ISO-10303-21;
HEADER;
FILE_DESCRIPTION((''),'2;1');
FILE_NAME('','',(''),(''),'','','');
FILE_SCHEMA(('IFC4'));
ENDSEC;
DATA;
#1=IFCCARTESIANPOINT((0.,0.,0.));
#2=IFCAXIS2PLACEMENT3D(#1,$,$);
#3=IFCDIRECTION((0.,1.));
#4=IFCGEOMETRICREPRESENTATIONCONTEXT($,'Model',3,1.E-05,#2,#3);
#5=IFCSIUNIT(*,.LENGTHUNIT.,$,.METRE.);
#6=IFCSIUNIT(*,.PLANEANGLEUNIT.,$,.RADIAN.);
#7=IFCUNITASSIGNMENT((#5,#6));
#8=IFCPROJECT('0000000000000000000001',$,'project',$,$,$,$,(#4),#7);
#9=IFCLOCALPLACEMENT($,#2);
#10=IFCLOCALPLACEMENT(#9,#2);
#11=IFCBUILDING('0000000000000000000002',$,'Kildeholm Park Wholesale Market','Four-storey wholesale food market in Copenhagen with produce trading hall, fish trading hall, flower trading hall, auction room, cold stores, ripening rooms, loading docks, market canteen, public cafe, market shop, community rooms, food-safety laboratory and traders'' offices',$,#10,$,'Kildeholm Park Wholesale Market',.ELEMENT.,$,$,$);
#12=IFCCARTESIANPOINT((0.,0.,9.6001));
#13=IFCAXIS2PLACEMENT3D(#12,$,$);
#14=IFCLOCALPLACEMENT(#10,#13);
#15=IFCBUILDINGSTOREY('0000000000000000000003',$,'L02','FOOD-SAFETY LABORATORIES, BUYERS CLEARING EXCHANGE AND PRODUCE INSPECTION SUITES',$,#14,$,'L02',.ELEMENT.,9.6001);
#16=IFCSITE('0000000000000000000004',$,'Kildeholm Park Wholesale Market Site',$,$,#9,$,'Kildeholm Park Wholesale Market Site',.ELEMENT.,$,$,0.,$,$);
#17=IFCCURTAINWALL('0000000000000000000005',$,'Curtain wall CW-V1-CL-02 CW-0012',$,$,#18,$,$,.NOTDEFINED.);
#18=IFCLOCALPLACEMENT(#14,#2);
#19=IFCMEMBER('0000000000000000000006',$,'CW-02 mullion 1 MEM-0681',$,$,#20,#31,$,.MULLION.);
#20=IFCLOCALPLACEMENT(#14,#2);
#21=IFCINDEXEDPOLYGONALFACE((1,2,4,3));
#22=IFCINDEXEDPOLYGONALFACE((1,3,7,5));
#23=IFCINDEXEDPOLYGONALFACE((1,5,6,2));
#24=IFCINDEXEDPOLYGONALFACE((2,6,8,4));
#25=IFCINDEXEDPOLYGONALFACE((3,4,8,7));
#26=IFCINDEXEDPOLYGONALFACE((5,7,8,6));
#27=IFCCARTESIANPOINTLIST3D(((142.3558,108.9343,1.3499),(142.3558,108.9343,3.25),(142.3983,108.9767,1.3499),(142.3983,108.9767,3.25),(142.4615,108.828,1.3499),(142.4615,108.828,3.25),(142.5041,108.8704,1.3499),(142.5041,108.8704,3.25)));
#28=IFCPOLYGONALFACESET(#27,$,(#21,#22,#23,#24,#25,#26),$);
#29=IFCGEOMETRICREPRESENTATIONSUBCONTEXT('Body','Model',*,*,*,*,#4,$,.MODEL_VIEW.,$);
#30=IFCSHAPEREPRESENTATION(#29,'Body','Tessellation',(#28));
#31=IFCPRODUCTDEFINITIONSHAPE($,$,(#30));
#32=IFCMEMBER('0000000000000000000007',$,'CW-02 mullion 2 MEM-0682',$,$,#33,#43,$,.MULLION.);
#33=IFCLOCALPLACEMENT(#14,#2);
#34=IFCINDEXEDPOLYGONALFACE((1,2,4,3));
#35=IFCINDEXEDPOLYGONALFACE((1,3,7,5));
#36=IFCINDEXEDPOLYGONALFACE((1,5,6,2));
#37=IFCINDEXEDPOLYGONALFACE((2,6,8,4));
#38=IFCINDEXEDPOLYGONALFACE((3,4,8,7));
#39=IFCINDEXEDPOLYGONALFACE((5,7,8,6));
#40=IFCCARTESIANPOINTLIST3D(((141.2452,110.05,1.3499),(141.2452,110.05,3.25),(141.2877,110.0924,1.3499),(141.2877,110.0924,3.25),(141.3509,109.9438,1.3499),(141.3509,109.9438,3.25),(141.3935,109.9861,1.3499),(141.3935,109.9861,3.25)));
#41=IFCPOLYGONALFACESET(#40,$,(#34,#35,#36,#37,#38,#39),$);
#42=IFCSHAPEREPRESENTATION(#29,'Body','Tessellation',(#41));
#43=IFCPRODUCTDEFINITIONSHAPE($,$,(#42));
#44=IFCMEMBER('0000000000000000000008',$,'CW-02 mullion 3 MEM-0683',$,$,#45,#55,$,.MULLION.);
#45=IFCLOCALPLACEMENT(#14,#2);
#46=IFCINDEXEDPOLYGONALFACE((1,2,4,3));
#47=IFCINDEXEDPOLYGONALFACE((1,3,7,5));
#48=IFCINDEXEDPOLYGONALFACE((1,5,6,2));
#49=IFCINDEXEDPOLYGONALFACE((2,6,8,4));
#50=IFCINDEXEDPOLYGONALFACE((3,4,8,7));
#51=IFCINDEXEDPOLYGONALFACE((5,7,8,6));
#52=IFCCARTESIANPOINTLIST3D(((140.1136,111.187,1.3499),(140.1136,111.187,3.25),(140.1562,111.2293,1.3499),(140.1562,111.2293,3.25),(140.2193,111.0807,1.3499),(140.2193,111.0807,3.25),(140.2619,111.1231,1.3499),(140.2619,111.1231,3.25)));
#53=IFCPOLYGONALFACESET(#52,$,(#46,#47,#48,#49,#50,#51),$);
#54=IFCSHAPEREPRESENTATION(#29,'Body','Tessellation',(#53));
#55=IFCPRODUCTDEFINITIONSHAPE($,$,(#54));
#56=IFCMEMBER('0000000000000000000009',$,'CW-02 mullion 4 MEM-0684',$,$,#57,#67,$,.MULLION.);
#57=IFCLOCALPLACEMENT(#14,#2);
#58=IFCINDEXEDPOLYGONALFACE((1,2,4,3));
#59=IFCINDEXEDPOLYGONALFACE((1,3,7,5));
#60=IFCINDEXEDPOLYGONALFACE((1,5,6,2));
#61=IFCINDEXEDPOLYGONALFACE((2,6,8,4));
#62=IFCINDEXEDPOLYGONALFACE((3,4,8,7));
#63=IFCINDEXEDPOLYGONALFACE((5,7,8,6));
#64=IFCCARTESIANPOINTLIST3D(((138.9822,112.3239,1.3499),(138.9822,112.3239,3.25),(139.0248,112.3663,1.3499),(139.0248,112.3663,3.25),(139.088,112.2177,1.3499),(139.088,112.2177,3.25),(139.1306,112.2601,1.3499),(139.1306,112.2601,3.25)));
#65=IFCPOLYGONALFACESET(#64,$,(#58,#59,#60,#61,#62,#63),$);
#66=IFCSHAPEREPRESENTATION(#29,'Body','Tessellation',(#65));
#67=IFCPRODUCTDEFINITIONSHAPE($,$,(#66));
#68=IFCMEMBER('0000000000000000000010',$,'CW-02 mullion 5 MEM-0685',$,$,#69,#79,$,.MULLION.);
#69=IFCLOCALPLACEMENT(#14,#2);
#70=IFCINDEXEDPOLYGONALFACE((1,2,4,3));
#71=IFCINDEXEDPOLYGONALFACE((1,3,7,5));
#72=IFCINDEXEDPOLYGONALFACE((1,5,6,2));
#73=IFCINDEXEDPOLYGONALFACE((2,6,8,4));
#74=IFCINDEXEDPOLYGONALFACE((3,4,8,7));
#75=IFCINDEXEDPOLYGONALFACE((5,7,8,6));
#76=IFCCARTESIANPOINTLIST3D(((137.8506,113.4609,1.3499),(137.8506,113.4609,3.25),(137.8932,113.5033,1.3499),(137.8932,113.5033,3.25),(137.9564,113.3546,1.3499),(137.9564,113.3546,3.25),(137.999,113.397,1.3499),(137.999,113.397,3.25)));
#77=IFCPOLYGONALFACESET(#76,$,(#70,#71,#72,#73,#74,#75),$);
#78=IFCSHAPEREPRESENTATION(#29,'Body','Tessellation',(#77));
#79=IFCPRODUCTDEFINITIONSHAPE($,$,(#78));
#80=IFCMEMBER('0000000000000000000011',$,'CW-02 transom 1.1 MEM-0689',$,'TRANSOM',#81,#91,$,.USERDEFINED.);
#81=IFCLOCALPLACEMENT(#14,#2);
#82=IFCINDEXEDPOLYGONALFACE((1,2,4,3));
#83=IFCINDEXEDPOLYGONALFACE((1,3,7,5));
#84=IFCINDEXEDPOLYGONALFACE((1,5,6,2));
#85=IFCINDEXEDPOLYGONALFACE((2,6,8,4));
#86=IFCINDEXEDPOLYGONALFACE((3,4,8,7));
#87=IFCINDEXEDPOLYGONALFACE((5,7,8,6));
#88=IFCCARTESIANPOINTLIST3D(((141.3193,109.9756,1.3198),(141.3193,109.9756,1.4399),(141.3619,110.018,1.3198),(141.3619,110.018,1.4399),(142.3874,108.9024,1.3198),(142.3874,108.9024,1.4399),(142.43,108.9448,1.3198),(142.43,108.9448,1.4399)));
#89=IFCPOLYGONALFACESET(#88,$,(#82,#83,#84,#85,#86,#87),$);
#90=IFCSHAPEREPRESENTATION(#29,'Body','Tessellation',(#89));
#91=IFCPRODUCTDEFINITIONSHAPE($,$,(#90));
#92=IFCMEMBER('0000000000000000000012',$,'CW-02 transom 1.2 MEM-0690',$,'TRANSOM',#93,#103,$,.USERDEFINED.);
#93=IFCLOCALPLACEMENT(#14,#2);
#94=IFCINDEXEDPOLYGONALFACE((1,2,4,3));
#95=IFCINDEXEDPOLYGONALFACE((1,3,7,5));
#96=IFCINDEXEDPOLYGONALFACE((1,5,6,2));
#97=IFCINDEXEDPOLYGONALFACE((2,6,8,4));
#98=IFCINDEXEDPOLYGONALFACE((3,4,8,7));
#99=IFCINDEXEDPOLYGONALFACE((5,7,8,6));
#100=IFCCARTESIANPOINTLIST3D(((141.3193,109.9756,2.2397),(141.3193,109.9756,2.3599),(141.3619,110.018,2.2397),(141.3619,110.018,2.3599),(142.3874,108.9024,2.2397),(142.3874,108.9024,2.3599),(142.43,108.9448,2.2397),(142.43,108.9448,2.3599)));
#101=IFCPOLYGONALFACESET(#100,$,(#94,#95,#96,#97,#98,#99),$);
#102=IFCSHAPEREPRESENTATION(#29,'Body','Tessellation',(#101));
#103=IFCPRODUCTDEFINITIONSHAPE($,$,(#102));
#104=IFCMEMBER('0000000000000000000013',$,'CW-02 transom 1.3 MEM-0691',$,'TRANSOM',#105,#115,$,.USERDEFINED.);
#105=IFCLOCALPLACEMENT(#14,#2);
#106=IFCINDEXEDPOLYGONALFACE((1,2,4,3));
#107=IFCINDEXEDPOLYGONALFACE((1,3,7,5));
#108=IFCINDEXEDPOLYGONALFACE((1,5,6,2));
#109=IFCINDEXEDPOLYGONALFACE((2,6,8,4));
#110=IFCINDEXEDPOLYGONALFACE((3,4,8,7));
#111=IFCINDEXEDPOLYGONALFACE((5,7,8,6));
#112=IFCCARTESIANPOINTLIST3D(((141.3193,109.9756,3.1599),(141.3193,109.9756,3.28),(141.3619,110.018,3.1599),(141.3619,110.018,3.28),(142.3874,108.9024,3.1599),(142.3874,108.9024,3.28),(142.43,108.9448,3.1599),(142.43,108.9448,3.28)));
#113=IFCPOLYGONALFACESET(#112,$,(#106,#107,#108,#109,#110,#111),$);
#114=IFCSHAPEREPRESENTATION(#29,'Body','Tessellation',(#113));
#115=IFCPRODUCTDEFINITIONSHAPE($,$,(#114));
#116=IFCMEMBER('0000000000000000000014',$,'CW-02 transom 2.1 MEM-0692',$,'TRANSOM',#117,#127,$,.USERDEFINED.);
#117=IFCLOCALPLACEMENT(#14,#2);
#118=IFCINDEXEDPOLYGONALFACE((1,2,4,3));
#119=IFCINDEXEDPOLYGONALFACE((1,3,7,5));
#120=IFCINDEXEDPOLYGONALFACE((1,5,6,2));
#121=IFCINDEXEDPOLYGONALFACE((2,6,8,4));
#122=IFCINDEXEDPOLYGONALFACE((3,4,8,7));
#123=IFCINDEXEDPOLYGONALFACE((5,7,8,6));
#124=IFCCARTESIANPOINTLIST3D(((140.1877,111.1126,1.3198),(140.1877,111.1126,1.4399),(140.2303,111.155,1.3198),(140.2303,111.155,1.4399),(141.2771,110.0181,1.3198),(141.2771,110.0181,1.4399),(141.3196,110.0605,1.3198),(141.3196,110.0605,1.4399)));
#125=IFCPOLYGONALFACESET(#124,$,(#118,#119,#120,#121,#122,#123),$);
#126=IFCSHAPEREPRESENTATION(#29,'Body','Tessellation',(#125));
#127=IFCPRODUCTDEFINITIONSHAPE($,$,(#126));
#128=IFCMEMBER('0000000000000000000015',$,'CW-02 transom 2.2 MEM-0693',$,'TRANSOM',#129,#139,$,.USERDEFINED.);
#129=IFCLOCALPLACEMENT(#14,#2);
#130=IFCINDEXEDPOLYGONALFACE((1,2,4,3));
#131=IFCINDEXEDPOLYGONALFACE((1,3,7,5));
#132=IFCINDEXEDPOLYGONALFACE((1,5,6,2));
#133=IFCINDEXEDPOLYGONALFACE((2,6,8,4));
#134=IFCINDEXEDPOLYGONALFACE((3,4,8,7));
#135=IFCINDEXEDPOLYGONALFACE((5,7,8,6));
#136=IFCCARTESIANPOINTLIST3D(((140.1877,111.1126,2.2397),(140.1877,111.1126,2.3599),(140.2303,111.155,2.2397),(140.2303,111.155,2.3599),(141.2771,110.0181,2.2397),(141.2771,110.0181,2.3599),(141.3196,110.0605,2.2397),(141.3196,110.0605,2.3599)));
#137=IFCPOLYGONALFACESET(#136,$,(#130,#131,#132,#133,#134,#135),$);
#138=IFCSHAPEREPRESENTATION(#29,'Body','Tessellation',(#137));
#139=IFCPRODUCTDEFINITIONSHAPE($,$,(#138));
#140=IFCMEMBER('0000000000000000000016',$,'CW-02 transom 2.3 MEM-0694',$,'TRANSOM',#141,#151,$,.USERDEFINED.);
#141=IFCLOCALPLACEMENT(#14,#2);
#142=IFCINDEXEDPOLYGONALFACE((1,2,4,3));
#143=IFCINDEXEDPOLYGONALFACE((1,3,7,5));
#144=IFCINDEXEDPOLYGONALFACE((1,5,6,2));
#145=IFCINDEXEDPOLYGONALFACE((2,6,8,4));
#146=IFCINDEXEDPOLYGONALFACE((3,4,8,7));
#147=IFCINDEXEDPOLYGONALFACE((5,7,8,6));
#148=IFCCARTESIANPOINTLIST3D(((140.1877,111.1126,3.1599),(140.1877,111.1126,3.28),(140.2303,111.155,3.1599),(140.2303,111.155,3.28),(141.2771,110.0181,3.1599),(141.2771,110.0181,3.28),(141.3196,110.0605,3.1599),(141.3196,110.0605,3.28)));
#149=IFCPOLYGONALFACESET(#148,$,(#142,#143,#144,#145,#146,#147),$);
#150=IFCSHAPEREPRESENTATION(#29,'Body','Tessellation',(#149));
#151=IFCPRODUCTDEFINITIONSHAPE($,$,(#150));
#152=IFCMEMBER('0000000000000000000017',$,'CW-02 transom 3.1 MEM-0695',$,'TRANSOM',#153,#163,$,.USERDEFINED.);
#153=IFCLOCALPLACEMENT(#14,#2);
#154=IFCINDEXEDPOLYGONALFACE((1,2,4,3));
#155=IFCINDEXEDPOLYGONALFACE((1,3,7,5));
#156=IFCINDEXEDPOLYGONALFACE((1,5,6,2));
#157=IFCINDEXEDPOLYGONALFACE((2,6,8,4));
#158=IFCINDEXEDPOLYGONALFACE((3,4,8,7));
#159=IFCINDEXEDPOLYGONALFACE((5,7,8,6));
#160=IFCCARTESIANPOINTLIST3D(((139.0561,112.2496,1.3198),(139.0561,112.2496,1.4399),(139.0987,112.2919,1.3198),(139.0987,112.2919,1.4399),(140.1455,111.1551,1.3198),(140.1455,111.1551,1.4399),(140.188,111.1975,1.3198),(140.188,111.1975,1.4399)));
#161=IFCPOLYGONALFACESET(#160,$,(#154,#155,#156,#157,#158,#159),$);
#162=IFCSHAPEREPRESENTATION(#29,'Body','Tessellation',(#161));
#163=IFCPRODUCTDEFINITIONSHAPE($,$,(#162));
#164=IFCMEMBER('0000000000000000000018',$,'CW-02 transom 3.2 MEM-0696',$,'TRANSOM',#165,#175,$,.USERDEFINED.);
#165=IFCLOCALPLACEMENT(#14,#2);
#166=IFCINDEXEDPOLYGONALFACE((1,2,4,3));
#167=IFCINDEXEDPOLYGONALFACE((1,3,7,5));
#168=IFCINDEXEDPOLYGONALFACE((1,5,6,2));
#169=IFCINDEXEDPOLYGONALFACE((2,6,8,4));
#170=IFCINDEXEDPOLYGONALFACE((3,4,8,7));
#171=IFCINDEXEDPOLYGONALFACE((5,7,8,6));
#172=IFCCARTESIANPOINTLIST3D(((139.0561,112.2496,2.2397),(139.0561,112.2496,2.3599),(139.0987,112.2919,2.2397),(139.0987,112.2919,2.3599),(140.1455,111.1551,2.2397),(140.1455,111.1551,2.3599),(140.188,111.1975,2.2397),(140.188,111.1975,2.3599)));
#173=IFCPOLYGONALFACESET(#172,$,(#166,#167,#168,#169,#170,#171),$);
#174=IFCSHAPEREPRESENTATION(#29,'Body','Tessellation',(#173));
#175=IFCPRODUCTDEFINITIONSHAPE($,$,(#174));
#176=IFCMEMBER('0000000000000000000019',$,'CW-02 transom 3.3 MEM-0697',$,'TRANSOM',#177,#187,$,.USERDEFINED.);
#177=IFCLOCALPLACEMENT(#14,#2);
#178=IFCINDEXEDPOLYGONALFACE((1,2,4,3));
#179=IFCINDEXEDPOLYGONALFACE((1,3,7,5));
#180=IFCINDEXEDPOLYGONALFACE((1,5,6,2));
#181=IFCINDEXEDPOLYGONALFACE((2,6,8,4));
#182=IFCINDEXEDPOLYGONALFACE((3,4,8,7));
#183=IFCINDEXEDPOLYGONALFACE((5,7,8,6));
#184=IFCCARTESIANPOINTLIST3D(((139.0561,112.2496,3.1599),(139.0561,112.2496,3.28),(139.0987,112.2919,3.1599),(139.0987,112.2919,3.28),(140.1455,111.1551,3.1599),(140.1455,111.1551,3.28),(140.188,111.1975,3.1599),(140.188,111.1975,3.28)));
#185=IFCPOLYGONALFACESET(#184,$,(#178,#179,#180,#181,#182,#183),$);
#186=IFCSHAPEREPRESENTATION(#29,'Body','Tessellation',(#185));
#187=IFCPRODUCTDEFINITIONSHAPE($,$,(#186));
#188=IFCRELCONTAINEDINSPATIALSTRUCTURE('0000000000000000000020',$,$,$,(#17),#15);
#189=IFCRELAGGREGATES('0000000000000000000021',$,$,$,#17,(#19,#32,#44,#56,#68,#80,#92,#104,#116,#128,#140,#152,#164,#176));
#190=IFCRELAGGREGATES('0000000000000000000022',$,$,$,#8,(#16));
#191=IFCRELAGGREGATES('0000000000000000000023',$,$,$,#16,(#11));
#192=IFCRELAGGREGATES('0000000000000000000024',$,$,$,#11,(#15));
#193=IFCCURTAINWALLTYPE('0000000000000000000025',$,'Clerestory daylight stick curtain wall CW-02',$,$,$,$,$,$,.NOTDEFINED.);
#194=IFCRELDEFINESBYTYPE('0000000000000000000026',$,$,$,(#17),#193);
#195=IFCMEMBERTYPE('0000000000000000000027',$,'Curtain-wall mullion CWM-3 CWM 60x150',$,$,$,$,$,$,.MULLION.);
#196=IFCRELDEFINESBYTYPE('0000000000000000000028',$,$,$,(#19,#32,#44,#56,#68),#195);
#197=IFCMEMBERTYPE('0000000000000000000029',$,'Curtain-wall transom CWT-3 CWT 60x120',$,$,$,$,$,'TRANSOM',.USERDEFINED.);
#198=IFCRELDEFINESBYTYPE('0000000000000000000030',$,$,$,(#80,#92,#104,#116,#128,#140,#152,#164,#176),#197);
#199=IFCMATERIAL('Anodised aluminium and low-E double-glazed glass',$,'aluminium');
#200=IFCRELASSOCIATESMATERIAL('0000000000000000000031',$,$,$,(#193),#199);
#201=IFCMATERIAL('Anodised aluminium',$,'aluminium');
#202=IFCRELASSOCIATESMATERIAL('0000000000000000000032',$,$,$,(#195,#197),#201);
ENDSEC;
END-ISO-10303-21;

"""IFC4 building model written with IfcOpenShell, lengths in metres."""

from ifc_helpers import new_model, si_unit, direction, frame, origin, origin_2d, place, context, subcontext, project, spatial, rectangle, extrude, material, material_profile, profile_set, type_object, element, aggregate, save


model = new_model("IFC4")

# Units and contexts
model_context = context("Model", 3, precision=1e-05, world=origin(), true_north=direction((0.0, 1.0)))
body_context = subcontext(model_context, "Body", "Model", "MODEL_VIEW")
ifc_project = project(units=[si_unit("LENGTHUNIT", "METRE"), si_unit("PLANEANGLEUNIT", "RADIAN")], contexts=[model_context])

# Site, building, storey
site_placement = place(None, origin())
site = spatial("IfcSite", under=ifc_project, at=site_placement, Name="Kildeholm Park Wholesale Market Site", LongName="Kildeholm Park Wholesale Market Site", CompositionType="ELEMENT", RefElevation=0.0)
building_placement = place(site_placement, origin())
building = spatial("IfcBuilding", under=site, at=building_placement, Name="Kildeholm Park Wholesale Market", Description="Four-storey wholesale food market in Copenhagen with produce trading hall, fish trading hall, flower trading hall, auction room, cold stores, ripening rooms, loading docks, market canteen, public cafe, market shop, community rooms, food-safety laboratory and traders' offices", LongName="Kildeholm Park Wholesale Market", CompositionType="ELEMENT")
storey_placement = place(building_placement, frame((0.0, 0.0, 9.6001)))
storey = spatial("IfcBuildingStorey", under=building, at=storey_placement, Name="L02", Description="FOOD-SAFETY LABORATORIES, BUYERS CLEARING EXCHANGE AND PRODUCE INSPECTION SUITES", LongName="L02", CompositionType="ELEMENT", Elevation=9.6001)

# Curtain wall, members
ifc_material_1 = material(Name="Anodised aluminium and low-E double-glazed glass", Category="aluminium")
curtain_wall_type = type_object("IfcCurtainWallType", Name="Clerestory daylight stick curtain wall CW-02", PredefinedType="NOTDEFINED", material=ifc_material_1)
curtain_wall_placement = place(storey_placement, origin())
curtain_wall = element("IfcCurtainWall", 1, at=curtain_wall_placement, inside=storey, type_object=curtain_wall_type, Name="Curtain wall CW-V1-CL-02 CW-0012", PredefinedType="NOTDEFINED")
ifc_material_2 = material(Name="Anodised aluminium", Category="aluminium")
ifc_material_profile_1 = material_profile(ifc_material_2, rectangle(XDim=0.0601, YDim=0.1499, at=origin_2d()), Name="CWM 60x150")
ifc_profile_set_1 = profile_set([ifc_material_profile_1], Name="Anodised aluminium")
member_type_1 = type_object("IfcMemberType", Name="Curtain-wall mullion CWM-3 CWM 60x150", PredefinedType="MULLION", material=ifc_profile_set_1)
member_1_placement = place(storey_placement, frame((142.4299, 108.9023, 1.3499), z_axis=(0.0, 0.0, 1.0), x_axis=(-0.708797, -0.705413, 0.0)))
member_1 = element("IfcMember", 2, at=member_1_placement, type_object=member_type_1, Name="CW-02 mullion 1 MEM-0681", PredefinedType="MULLION", context=body_context, shape_type="SweptSolid", body=[
    extrude(rectangle(XDim=0.0601, YDim=0.1499, at=origin_2d()), origin(), (0.0, 0.0, 1.0), 1.9001),
])
member_2_placement = place(storey_placement, frame((141.3193, 110.0181, 1.3499), z_axis=(0.0, 0.0, 1.0), x_axis=(-0.708797, -0.705413, 0.0)))
member_2 = element("IfcMember", 3, at=member_2_placement, type_object=member_type_1, Name="CW-02 mullion 2 MEM-0682", PredefinedType="MULLION", context=body_context, shape_type="SweptSolid", body=[
    extrude(rectangle(XDim=0.0601, YDim=0.1499, at=origin_2d()), origin(), (0.0, 0.0, 1.0), 1.9001),
])
member_3_placement = place(storey_placement, frame((140.1877, 111.155, 1.3499), z_axis=(0.0, 0.0, 1.0), x_axis=(-0.708797, -0.705413, 0.0)))
member_3 = element("IfcMember", 4, at=member_3_placement, type_object=member_type_1, Name="CW-02 mullion 3 MEM-0683", PredefinedType="MULLION", context=body_context, shape_type="SweptSolid", body=[
    extrude(rectangle(XDim=0.0601, YDim=0.1499, at=origin_2d()), origin(), (0.0, 0.0, 1.0), 1.9001),
])
member_4_placement = place(storey_placement, frame((139.0564, 112.292, 1.3499), z_axis=(0.0, 0.0, 1.0), x_axis=(-0.708797, -0.705413, 0.0)))
member_4 = element("IfcMember", 5, at=member_4_placement, type_object=member_type_1, Name="CW-02 mullion 4 MEM-0684", PredefinedType="MULLION", context=body_context, shape_type="SweptSolid", body=[
    extrude(rectangle(XDim=0.0601, YDim=0.1499, at=origin_2d()), origin(), (0.0, 0.0, 1.0), 1.9001),
])
member_5_placement = place(storey_placement, frame((137.9248, 113.429, 1.3499), z_axis=(0.0, 0.0, 1.0), x_axis=(-0.708797, -0.705413, 0.0)))
member_5 = element("IfcMember", 6, at=member_5_placement, type_object=member_type_1, Name="CW-02 mullion 5 MEM-0685", PredefinedType="MULLION", context=body_context, shape_type="SweptSolid", body=[
    extrude(rectangle(XDim=0.0601, YDim=0.1499, at=origin_2d()), origin(), (0.0, 0.0, 1.0), 1.9001),
])
ifc_material_profile_2 = material_profile(ifc_material_2, rectangle(XDim=0.0601, YDim=0.1201, at=origin_2d()), Name="CWT 60x120")
ifc_profile_set_2 = profile_set([ifc_material_profile_2], Name="Anodised aluminium")
member_type_2 = type_object("IfcMemberType", Name="Curtain-wall transom CWT-3 CWT 60x120", ElementType="TRANSOM", PredefinedType="USERDEFINED", material=ifc_profile_set_2)
member_6_placement = place(storey_placement, frame((142.4087, 108.9236, 1.3799), z_axis=(-0.705412, 0.708798, 0.0), x_axis=(-0.708798, -0.705412, 0.0)))
member_6 = element("IfcMember", 7, at=member_6_placement, type_object=member_type_2, Name="CW-02 transom 1.1 MEM-0689", ObjectType="TRANSOM", PredefinedType="USERDEFINED", context=body_context, shape_type="SweptSolid", body=[
    extrude(rectangle(XDim=0.0601, YDim=0.1201, at=origin_2d()), origin(), (0.0, 0.0, 1.0), 1.5142),
])
member_7_placement = place(storey_placement, frame((142.4087, 108.9236, 2.2998), z_axis=(-0.705412, 0.708798, 0.0), x_axis=(-0.708798, -0.705412, 0.0)))
member_7 = element("IfcMember", 8, at=member_7_placement, type_object=member_type_2, Name="CW-02 transom 1.2 MEM-0690", ObjectType="TRANSOM", PredefinedType="USERDEFINED", context=body_context, shape_type="SweptSolid", body=[
    extrude(rectangle(XDim=0.0601, YDim=0.1201, at=origin_2d()), origin(), (0.0, 0.0, 1.0), 1.5142),
])
member_8_placement = place(storey_placement, frame((142.4087, 108.9236, 3.22), z_axis=(-0.705412, 0.708798, 0.0), x_axis=(-0.708798, -0.705412, 0.0)))
member_8 = element("IfcMember", 9, at=member_8_placement, type_object=member_type_2, Name="CW-02 transom 1.3 MEM-0691", ObjectType="TRANSOM", PredefinedType="USERDEFINED", context=body_context, shape_type="SweptSolid", body=[
    extrude(rectangle(XDim=0.0601, YDim=0.1201, at=origin_2d()), origin(), (0.0, 0.0, 1.0), 1.5142),
])
member_9_placement = place(storey_placement, frame((141.2983, 110.0393, 1.3799), z_axis=(-0.705445, 0.708765, 0.0), x_axis=(-0.708765, -0.705445, 0.0)))
member_9 = element("IfcMember", 10, at=member_9_placement, type_object=member_type_2, Name="CW-02 transom 2.1 MEM-0692", ObjectType="TRANSOM", PredefinedType="USERDEFINED", context=body_context, shape_type="SweptSolid", body=[
    extrude(rectangle(XDim=0.0601, YDim=0.1201, at=origin_2d()), origin(), (0.0, 0.0, 1.0), 1.5442),
])
member_10_placement = place(storey_placement, frame((141.2983, 110.0393, 2.2998), z_axis=(-0.705445, 0.708765, 0.0), x_axis=(-0.708765, -0.705445, 0.0)))
member_10 = element("IfcMember", 11, at=member_10_placement, type_object=member_type_2, Name="CW-02 transom 2.2 MEM-0693", ObjectType="TRANSOM", PredefinedType="USERDEFINED", context=body_context, shape_type="SweptSolid", body=[
    extrude(rectangle(XDim=0.0601, YDim=0.1201, at=origin_2d()), origin(), (0.0, 0.0, 1.0), 1.5442),
])
member_11_placement = place(storey_placement, frame((141.2983, 110.0393, 3.22), z_axis=(-0.705445, 0.708765, 0.0), x_axis=(-0.708765, -0.705445, 0.0)))
member_11 = element("IfcMember", 12, at=member_11_placement, type_object=member_type_2, Name="CW-02 transom 2.3 MEM-0694", ObjectType="TRANSOM", PredefinedType="USERDEFINED", context=body_context, shape_type="SweptSolid", body=[
    extrude(rectangle(XDim=0.0601, YDim=0.1201, at=origin_2d()), origin(), (0.0, 0.0, 1.0), 1.5442),
])
member_12_placement = place(storey_placement, frame((140.1667, 111.1763, 1.3799), z_axis=(-0.705445, 0.708765, 0.0), x_axis=(-0.708765, -0.705445, 0.0)))
member_12 = element("IfcMember", 13, at=member_12_placement, type_object=member_type_2, Name="CW-02 transom 3.1 MEM-0695", ObjectType="TRANSOM", PredefinedType="USERDEFINED", context=body_context, shape_type="SweptSolid", body=[
    extrude(rectangle(XDim=0.0601, YDim=0.1201, at=origin_2d()), origin(), (0.0, 0.0, 1.0), 1.5442),
])
member_13_placement = place(storey_placement, frame((140.1667, 111.1763, 2.2998), z_axis=(-0.705445, 0.708765, 0.0), x_axis=(-0.708765, -0.705445, 0.0)))
member_13 = element("IfcMember", 14, at=member_13_placement, type_object=member_type_2, Name="CW-02 transom 3.2 MEM-0696", ObjectType="TRANSOM", PredefinedType="USERDEFINED", context=body_context, shape_type="SweptSolid", body=[
    extrude(rectangle(XDim=0.0601, YDim=0.1201, at=origin_2d()), origin(), (0.0, 0.0, 1.0), 1.5442),
])
member_14_placement = place(storey_placement, frame((140.1667, 111.1763, 3.22), z_axis=(-0.705445, 0.708765, 0.0), x_axis=(-0.708765, -0.705445, 0.0)))
member_14 = element("IfcMember", 15, at=member_14_placement, type_object=member_type_2, Name="CW-02 transom 3.3 MEM-0697", ObjectType="TRANSOM", PredefinedType="USERDEFINED", context=body_context, shape_type="SweptSolid", body=[
    extrude(rectangle(XDim=0.0601, YDim=0.1201, at=origin_2d()), origin(), (0.0, 0.0, 1.0), 1.5442),
])
aggregate(curtain_wall, [member_1, member_2, member_3, member_4, member_5, member_6, member_7, member_8, member_9, member_10, member_11, member_12, member_13, member_14])

save(model, "model.ifc")
